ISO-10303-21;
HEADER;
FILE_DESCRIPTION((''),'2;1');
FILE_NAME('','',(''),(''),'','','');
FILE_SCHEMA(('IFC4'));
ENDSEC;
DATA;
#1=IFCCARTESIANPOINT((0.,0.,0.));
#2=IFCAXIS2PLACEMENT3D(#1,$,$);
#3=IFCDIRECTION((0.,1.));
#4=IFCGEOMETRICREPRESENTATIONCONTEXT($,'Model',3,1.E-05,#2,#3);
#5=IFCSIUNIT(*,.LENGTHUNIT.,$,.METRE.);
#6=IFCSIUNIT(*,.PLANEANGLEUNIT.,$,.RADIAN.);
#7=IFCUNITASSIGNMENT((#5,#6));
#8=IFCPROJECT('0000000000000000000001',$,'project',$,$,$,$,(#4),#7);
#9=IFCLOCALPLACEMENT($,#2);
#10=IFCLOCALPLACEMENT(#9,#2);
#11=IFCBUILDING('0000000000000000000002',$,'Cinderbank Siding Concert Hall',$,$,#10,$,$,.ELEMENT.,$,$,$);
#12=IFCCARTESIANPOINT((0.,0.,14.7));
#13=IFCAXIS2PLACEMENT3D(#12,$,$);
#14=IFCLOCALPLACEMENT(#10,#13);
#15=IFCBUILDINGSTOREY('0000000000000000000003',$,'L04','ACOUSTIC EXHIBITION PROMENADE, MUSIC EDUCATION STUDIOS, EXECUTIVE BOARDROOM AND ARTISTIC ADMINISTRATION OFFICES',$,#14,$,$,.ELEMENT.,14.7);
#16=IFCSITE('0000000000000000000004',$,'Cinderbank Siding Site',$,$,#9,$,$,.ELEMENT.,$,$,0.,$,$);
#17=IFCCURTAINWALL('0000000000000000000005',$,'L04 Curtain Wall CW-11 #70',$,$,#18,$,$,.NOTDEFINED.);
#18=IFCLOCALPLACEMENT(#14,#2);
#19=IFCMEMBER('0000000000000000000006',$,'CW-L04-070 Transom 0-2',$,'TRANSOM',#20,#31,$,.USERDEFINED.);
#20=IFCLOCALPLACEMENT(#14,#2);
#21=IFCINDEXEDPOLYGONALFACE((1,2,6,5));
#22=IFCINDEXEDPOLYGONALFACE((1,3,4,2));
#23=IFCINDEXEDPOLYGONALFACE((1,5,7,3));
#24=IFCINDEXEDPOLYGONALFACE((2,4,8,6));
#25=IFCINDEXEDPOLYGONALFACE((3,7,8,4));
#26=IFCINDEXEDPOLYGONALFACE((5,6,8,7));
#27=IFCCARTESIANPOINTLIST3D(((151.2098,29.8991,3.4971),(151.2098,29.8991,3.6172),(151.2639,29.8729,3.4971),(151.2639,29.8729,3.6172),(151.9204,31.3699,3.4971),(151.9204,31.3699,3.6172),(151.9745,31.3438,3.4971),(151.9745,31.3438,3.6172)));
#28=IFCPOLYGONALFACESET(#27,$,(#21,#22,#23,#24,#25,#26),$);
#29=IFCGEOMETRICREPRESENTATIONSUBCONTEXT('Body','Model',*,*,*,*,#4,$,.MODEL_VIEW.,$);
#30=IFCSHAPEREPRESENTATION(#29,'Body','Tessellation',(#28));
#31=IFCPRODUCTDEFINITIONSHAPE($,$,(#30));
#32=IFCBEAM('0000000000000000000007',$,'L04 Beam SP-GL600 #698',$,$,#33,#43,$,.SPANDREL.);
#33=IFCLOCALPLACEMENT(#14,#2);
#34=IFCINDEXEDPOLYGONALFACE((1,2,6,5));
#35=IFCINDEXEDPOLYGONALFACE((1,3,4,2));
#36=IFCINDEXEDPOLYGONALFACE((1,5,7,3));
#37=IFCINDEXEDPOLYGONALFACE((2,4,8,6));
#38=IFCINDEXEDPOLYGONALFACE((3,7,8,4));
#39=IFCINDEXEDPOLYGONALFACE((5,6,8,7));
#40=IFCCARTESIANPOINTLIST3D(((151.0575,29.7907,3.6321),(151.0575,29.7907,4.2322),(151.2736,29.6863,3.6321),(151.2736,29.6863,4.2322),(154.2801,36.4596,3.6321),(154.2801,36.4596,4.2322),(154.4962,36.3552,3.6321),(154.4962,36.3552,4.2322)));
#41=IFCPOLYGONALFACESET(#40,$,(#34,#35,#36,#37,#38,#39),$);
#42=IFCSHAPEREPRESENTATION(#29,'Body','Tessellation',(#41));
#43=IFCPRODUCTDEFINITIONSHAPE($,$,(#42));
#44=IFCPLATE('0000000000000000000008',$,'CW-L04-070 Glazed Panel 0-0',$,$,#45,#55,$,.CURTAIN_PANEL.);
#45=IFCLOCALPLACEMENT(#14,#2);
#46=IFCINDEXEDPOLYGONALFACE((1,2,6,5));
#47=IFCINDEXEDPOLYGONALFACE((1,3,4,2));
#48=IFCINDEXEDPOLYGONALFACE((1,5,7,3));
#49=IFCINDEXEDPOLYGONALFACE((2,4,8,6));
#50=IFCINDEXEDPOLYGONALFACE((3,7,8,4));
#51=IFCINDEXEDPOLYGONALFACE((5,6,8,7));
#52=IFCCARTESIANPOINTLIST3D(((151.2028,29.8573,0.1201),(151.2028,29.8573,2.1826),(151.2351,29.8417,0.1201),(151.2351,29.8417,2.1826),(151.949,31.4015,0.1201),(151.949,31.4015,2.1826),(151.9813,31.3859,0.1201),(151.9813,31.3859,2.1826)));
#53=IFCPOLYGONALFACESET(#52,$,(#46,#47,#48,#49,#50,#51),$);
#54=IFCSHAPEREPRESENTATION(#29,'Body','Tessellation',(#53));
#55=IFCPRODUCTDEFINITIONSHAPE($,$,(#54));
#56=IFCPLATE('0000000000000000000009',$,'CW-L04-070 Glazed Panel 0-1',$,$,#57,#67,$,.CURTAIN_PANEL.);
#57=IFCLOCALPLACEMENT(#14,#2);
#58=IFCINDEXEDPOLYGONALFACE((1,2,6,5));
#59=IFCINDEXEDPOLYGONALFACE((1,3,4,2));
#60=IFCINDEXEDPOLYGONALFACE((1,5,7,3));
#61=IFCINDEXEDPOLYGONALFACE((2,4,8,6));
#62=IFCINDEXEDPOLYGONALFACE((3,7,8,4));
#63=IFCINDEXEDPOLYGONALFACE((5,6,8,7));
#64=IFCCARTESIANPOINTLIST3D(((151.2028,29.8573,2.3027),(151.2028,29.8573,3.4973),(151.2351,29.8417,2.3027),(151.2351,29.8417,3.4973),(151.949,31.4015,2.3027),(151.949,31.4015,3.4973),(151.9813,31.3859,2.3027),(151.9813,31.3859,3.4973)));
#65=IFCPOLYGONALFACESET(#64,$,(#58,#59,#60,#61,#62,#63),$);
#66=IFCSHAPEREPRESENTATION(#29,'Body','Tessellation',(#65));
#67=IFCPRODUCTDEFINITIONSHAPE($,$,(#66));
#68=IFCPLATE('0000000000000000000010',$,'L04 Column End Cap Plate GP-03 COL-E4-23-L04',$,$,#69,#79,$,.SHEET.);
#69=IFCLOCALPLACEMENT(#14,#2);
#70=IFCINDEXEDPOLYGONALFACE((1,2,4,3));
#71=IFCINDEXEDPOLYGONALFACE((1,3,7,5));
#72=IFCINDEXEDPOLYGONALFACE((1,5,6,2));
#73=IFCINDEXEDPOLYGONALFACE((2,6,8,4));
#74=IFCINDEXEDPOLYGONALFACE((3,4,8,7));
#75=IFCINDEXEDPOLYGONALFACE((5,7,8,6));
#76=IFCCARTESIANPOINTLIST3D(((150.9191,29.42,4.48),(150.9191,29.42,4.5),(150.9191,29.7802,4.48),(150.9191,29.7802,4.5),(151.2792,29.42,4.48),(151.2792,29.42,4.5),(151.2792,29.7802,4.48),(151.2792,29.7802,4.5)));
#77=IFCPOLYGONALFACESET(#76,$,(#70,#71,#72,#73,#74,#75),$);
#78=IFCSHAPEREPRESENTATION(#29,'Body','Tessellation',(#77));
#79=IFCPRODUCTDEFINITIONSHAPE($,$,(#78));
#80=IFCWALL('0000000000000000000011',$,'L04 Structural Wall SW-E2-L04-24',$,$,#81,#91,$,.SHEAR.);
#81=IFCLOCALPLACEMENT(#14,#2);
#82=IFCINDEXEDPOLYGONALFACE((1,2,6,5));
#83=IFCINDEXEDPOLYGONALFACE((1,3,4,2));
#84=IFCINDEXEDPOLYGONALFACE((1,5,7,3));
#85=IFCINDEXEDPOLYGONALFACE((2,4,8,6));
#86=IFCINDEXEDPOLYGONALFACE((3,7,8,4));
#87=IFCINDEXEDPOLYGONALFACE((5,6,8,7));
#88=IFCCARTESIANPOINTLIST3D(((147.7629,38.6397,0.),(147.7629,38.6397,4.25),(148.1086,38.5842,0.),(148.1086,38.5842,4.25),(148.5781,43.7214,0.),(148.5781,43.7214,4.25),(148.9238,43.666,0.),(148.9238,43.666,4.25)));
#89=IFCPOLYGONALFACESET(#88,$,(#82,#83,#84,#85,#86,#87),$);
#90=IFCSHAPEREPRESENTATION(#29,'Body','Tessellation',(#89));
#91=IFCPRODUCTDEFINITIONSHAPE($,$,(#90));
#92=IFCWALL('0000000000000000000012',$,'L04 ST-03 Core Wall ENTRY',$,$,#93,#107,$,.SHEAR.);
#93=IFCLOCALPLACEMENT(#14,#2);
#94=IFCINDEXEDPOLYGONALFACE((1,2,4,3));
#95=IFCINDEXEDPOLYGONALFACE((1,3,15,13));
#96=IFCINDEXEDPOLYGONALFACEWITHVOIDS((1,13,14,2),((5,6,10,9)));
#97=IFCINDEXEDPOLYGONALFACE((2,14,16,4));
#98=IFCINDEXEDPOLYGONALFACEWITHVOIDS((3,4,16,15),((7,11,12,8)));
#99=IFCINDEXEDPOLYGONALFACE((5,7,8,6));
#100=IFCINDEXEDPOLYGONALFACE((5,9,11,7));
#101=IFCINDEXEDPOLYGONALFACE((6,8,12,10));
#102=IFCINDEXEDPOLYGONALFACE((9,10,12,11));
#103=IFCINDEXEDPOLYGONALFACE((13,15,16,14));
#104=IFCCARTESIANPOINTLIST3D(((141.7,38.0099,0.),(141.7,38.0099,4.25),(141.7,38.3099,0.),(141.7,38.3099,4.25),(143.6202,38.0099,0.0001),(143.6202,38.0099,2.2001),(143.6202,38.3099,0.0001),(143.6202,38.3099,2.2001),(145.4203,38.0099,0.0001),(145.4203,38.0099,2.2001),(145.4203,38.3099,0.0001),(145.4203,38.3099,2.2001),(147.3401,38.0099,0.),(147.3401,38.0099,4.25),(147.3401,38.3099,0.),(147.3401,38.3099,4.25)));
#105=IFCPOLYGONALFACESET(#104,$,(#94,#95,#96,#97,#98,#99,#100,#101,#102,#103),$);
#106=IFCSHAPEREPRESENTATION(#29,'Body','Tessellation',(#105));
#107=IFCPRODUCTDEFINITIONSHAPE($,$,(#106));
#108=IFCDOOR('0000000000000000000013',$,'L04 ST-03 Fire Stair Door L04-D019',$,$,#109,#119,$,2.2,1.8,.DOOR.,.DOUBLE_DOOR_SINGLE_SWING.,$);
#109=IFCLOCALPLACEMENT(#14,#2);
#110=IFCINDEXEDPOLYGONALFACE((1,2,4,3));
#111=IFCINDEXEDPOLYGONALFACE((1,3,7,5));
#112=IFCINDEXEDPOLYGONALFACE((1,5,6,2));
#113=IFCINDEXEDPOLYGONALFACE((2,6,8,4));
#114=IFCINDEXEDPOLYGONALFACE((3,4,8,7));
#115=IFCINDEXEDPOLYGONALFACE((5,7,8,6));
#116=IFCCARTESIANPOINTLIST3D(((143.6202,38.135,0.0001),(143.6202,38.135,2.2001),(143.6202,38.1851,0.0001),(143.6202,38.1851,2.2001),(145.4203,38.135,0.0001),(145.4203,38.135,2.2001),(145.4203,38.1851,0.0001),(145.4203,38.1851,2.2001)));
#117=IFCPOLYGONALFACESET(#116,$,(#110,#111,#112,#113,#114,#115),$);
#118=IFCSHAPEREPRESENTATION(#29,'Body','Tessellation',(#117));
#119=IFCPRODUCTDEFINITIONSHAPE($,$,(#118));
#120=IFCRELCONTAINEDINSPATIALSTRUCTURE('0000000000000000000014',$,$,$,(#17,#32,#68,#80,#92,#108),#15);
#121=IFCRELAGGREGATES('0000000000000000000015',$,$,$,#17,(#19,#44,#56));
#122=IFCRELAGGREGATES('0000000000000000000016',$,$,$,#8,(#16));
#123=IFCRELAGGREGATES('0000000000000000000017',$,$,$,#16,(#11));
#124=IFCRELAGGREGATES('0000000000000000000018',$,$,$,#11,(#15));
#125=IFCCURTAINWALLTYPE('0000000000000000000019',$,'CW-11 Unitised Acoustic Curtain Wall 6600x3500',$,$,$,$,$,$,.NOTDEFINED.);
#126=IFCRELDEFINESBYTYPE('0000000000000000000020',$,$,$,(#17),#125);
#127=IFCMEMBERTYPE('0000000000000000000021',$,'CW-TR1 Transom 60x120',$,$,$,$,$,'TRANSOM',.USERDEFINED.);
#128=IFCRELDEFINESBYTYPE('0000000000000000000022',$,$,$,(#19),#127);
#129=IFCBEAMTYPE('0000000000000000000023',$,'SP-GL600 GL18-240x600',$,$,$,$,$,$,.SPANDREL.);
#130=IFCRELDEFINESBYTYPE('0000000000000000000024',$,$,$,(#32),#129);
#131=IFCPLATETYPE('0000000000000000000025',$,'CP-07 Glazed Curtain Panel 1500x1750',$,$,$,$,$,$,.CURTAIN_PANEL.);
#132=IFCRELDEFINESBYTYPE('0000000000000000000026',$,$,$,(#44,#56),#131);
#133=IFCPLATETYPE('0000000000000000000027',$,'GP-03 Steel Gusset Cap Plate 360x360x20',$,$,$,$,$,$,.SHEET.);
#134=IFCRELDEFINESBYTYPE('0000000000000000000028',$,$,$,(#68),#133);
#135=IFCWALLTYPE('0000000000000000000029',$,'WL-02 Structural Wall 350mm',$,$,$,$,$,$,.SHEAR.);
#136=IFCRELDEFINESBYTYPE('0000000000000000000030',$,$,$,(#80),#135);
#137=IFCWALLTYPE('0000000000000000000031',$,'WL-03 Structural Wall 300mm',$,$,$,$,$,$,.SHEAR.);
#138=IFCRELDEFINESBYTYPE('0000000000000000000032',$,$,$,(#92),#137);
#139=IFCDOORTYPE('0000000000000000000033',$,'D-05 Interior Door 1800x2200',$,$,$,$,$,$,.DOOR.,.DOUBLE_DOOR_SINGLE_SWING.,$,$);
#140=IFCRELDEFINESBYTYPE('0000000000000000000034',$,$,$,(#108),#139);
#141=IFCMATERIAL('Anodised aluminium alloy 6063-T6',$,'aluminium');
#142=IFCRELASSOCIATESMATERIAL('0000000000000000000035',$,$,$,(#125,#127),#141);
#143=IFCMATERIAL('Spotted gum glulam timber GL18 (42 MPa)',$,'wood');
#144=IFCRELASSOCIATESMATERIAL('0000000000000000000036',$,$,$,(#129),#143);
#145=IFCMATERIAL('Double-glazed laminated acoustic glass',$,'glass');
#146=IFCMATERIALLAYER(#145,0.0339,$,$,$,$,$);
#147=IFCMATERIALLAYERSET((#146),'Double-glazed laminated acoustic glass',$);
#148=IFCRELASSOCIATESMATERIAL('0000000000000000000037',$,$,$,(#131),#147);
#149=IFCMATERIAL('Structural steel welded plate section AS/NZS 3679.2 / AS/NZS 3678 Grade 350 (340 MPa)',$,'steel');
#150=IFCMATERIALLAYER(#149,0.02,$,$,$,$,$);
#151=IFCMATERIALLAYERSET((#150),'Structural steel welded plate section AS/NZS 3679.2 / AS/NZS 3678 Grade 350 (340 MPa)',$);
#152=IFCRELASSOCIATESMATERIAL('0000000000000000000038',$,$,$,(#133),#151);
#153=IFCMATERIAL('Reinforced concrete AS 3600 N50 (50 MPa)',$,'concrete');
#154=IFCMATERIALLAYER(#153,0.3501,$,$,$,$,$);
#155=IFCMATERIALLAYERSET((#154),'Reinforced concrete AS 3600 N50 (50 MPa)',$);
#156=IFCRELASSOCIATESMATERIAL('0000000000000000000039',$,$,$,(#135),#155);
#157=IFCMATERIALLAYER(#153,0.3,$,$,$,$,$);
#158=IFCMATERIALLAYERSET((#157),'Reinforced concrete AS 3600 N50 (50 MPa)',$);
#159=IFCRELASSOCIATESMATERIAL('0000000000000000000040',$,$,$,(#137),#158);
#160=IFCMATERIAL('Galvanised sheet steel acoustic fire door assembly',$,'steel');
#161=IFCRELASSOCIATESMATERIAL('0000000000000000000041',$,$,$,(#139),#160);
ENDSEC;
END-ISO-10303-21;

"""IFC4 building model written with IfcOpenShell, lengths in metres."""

from ifc_helpers import new_model, si_unit, direction, frame, frame_2d, origin, origin_2d, place, context, subcontext, project, spatial, rectangle, extrude, material, layer, layer_set, material_profile, profile_set, type_object, element, fill, aggregate, save


model = new_model("IFC4")

# Units and contexts
model_context = context("Model", 3, precision=1e-05, world=origin(), true_north=direction((0.0, 1.0)))
body_context = subcontext(model_context, "Body", "Model", "MODEL_VIEW")
ifc_project = project(units=[si_unit("LENGTHUNIT", "METRE"), si_unit("PLANEANGLEUNIT", "RADIAN")], contexts=[model_context])

# Site, building, storey
site_placement = place(None, origin())
site = spatial("IfcSite", under=ifc_project, at=site_placement, Name="Cinderbank Siding Site", CompositionType="ELEMENT", RefElevation=0.0)
building_placement = place(site_placement, origin())
building = spatial("IfcBuilding", under=site, at=building_placement, Name="Cinderbank Siding Concert Hall", CompositionType="ELEMENT")
storey_placement = place(building_placement, frame((0.0, 0.0, 14.7)))
storey = spatial("IfcBuildingStorey", under=building, at=storey_placement, Name="L04", Description="ACOUSTIC EXHIBITION PROMENADE, MUSIC EDUCATION STUDIOS, EXECUTIVE BOARDROOM AND ARTISTIC ADMINISTRATION OFFICES", CompositionType="ELEMENT", Elevation=14.7)

# Shared definitions
ifc_material_1 = material(Name="Reinforced concrete AS 3600 N50 (50 MPa)", Category="concrete")

# Curtain wall, member
ifc_material_2 = material(Name="Anodised aluminium alloy 6063-T6", Category="aluminium")
curtain_wall_type = type_object("IfcCurtainWallType", Name="CW-11 Unitised Acoustic Curtain Wall 6600x3500", PredefinedType="NOTDEFINED", material=ifc_material_2)
curtain_wall_placement = place(storey_placement, origin())
curtain_wall = element("IfcCurtainWall", 1, at=curtain_wall_placement, inside=storey, type_object=curtain_wall_type, Name="L04 Curtain Wall CW-11 #70", PredefinedType="NOTDEFINED")
ifc_material_profile_1 = material_profile(ifc_material_2, rectangle(XDim=0.0601, YDim=0.1201, at=origin_2d()), Name="ALU-TRAN-60x120", Category="LoadBearing")
ifc_profile_set_1 = profile_set([ifc_material_profile_1], Name="Anodised aluminium alloy 6063-T6")
member_type_1 = type_object("IfcMemberType", Name="CW-TR1 Transom 60x120", ElementType="TRANSOM", PredefinedType="USERDEFINED", material=ifc_profile_set_1)
member_1_placement = place(storey_placement, frame((151.2368, 29.886, 3.5571), z_axis=(0.435037, 0.900412, 0.0), x_axis=(-0.900412, 0.435037, 0.0)))
member_1 = element("IfcMember", 2, at=member_1_placement, type_object=member_type_1, Name="CW-L04-070 Transom 0-2", ObjectType="TRANSOM", PredefinedType="USERDEFINED", context=body_context, shape_type="SweptSolid", body=[
    extrude(rectangle(XDim=0.0601, YDim=0.1201, at=origin_2d()), origin(), (0.0, 0.0, 1.0), 1.6335),
])

# Beam
ifc_material_3 = material(Name="Spotted gum glulam timber GL18 (42 MPa)", Category="wood")
ifc_material_profile_2 = material_profile(ifc_material_3, rectangle(XDim=0.24, YDim=0.6001, at=origin_2d()), Name="GL18-240x600", Category="LoadBearing")
ifc_profile_set_2 = profile_set([ifc_material_profile_2], Name="Spotted gum glulam timber GL18 (42 MPa)")
beam_type_1 = type_object("IfcBeamType", Name="SP-GL600 GL18-240x600", PredefinedType="SPANDREL", material=ifc_profile_set_2)
beam_1_placement = place(storey_placement, frame((151.1655, 29.7385, 3.9321), z_axis=(0.435096, 0.900384, 0.0), x_axis=(-0.900384, 0.435096, 0.0)))
element("IfcBeam", 3, at=beam_1_placement, inside=storey, type_object=beam_type_1, Name="L04 Beam SP-GL600 #698", PredefinedType="SPANDREL", context=body_context, shape_type="SweptSolid", body=[
    extrude(rectangle(XDim=0.24, YDim=0.6001, at=origin_2d()), origin(), (0.0, 0.0, 1.0), 7.4067),
])

# Plates
ifc_material_4 = material(Name="Double-glazed laminated acoustic glass", Category="glass")
ifc_layer_1 = layer(ifc_material_4, 0.0339)
ifc_layer_set_1 = layer_set([ifc_layer_1], Name="Double-glazed laminated acoustic glass")
plate_type_1 = type_object("IfcPlateType", Name="CP-07 Glazed Curtain Panel 1500x1750", PredefinedType="CURTAIN_PANEL", material=ifc_layer_set_1)
plate_1_placement = place(storey_placement, frame((151.592, 30.6216, 0.1201), z_axis=(0.0, 0.0, 1.0), x_axis=(0.435102, 0.900381, 0.0)))
plate_1 = element("IfcPlate", 4, at=plate_1_placement, type_object=plate_type_1, Name="CW-L04-070 Glazed Panel 0-0", PredefinedType="CURTAIN_PANEL", context=body_context, shape_type="SweptSolid", body=[
    extrude(rectangle(XDim=1.7151, YDim=0.0359, at=origin_2d()), origin(), (0.0, 0.0, 1.0), 2.0625),
])
plate_2_placement = place(storey_placement, frame((151.592, 30.6216, 2.3027), z_axis=(0.0, 0.0, 1.0), x_axis=(0.435102, 0.900381, 0.0)))
plate_2 = element("IfcPlate", 5, at=plate_2_placement, type_object=plate_type_1, Name="CW-L04-070 Glazed Panel 0-1", PredefinedType="CURTAIN_PANEL", context=body_context, shape_type="SweptSolid", body=[
    extrude(rectangle(XDim=1.7151, YDim=0.0359, at=origin_2d()), origin(), (0.0, 0.0, 1.0), 1.1946),
])
aggregate(curtain_wall, [member_1, plate_1, plate_2])
ifc_material_5 = material(Name="Structural steel welded plate section AS/NZS 3679.2 / AS/NZS 3678 Grade 350 (340 MPa)", Category="steel")
ifc_layer_2 = layer(ifc_material_5, 0.02)
ifc_layer_set_2 = layer_set([ifc_layer_2], Name="Structural steel welded plate section AS/NZS 3679.2 / AS/NZS 3678 Grade 350 (340 MPa)")
plate_type_2 = type_object("IfcPlateType", Name="GP-03 Steel Gusset Cap Plate 360x360x20", PredefinedType="SHEET", material=ifc_layer_set_2)
plate_3_placement = place(storey_placement, frame((151.0991, 29.6001, 4.48), z_axis=(0.0, 0.0, 1.0), x_axis=(1.0, 0.0, 0.0)))
element("IfcPlate", 6, at=plate_3_placement, inside=storey, type_object=plate_type_2, Name="L04 Column End Cap Plate GP-03 COL-E4-23-L04", PredefinedType="SHEET", context=body_context, shape_type="SweptSolid", body=[
    extrude(rectangle(XDim=0.3601, YDim=0.3601, at=origin_2d()), origin(), (0.0, 0.0, 1.0), 0.02),
])

# Wall
ifc_layer_3 = layer(ifc_material_1, 0.3501)
ifc_layer_set_3 = layer_set([ifc_layer_3], Name="Reinforced concrete AS 3600 N50 (50 MPa)")
wall_type_1 = type_object("IfcWallType", Name="WL-02 Structural Wall 350mm", PredefinedType="SHEAR", material=ifc_layer_set_3)
wall_1_placement = place(storey_placement, frame((147.9358, 38.6121, 0.0), z_axis=(0.0, 0.0, 1.0), x_axis=(0.158388, 0.987377, 0.0)))
element("IfcWall", 7, at=wall_1_placement, inside=storey, type_object=wall_type_1, Name="L04 Structural Wall SW-E2-L04-24", PredefinedType="SHEAR", context=body_context, shape_type="SweptSolid", body=[
    extrude(rectangle(XDim=5.1467, YDim=0.3501, at=frame_2d((2.5732, 0.0))), origin(), (0.0, 0.0, 1.0), 4.25),
])

# Wall, opening, door
ifc_layer_4 = layer(ifc_material_1, 0.3)
ifc_layer_set_4 = layer_set([ifc_layer_4], Name="Reinforced concrete AS 3600 N50 (50 MPa)")
wall_type_2 = type_object("IfcWallType", Name="WL-03 Structural Wall 300mm", PredefinedType="SHEAR", material=ifc_layer_set_4)
wall_2_placement = place(storey_placement, frame((147.3401, 38.1599, 0.0), z_axis=(0.0, 0.0, 1.0), x_axis=(-1.0, 0.0, 0.0)))
wall_2 = element("IfcWall", 8, at=wall_2_placement, inside=storey, type_object=wall_type_2, Name="L04 ST-03 Core Wall ENTRY", PredefinedType="SHEAR", context=body_context, shape_type="SweptSolid", body=[
    extrude(rectangle(XDim=5.6401, YDim=0.3, at=frame_2d((2.8201, 0.0))), origin(), (0.0, 0.0, 1.0), 4.25),
])
opening_placement = place(wall_2_placement, frame((1.9199, 0.0, 0.0)))
opening = element("IfcOpeningElement", 9, at=opening_placement, cuts=wall_2, PredefinedType="OPENING", context=body_context, shape_type="SweptSolid", body=[
    extrude(rectangle(XDim=1.8, YDim=2.2, at=frame_2d((0.8999, 1.1001))), frame((0.0, 0.1621, 0.0), z_axis=(0.0, -1.0, 0.0), x_axis=(1.0, 0.0, 0.0)), (0.0, 0.0, 1.0), 0.324),
])
ifc_material_6 = material(Name="Galvanised sheet steel acoustic fire door assembly", Category="steel")
door_type = type_object("IfcDoorType", Name="D-05 Interior Door 1800x2200", OperationType="DOUBLE_DOOR_SINGLE_SWING", PredefinedType="DOOR", material=ifc_material_6)
door_placement = place(opening_placement, origin())
door = element("IfcDoor", 10, at=door_placement, inside=storey, type_object=door_type, Name="L04 ST-03 Fire Stair Door L04-D019", OperationType="DOUBLE_DOOR_SINGLE_SWING", OverallHeight=2.2, OverallWidth=1.8, PredefinedType="DOOR", context=body_context, shape_type="SweptSolid", body=[
    extrude(rectangle(XDim=1.8, YDim=2.2, at=frame_2d((0.8999, 1.1001))), frame((0.0, 0.0249, 0.0), z_axis=(0.0, -1.0, 0.0), x_axis=(1.0, 0.0, 0.0)), (0.0, 0.0, 1.0), 0.05),
])
fill(opening, door)

save(model, "model.ifc")
